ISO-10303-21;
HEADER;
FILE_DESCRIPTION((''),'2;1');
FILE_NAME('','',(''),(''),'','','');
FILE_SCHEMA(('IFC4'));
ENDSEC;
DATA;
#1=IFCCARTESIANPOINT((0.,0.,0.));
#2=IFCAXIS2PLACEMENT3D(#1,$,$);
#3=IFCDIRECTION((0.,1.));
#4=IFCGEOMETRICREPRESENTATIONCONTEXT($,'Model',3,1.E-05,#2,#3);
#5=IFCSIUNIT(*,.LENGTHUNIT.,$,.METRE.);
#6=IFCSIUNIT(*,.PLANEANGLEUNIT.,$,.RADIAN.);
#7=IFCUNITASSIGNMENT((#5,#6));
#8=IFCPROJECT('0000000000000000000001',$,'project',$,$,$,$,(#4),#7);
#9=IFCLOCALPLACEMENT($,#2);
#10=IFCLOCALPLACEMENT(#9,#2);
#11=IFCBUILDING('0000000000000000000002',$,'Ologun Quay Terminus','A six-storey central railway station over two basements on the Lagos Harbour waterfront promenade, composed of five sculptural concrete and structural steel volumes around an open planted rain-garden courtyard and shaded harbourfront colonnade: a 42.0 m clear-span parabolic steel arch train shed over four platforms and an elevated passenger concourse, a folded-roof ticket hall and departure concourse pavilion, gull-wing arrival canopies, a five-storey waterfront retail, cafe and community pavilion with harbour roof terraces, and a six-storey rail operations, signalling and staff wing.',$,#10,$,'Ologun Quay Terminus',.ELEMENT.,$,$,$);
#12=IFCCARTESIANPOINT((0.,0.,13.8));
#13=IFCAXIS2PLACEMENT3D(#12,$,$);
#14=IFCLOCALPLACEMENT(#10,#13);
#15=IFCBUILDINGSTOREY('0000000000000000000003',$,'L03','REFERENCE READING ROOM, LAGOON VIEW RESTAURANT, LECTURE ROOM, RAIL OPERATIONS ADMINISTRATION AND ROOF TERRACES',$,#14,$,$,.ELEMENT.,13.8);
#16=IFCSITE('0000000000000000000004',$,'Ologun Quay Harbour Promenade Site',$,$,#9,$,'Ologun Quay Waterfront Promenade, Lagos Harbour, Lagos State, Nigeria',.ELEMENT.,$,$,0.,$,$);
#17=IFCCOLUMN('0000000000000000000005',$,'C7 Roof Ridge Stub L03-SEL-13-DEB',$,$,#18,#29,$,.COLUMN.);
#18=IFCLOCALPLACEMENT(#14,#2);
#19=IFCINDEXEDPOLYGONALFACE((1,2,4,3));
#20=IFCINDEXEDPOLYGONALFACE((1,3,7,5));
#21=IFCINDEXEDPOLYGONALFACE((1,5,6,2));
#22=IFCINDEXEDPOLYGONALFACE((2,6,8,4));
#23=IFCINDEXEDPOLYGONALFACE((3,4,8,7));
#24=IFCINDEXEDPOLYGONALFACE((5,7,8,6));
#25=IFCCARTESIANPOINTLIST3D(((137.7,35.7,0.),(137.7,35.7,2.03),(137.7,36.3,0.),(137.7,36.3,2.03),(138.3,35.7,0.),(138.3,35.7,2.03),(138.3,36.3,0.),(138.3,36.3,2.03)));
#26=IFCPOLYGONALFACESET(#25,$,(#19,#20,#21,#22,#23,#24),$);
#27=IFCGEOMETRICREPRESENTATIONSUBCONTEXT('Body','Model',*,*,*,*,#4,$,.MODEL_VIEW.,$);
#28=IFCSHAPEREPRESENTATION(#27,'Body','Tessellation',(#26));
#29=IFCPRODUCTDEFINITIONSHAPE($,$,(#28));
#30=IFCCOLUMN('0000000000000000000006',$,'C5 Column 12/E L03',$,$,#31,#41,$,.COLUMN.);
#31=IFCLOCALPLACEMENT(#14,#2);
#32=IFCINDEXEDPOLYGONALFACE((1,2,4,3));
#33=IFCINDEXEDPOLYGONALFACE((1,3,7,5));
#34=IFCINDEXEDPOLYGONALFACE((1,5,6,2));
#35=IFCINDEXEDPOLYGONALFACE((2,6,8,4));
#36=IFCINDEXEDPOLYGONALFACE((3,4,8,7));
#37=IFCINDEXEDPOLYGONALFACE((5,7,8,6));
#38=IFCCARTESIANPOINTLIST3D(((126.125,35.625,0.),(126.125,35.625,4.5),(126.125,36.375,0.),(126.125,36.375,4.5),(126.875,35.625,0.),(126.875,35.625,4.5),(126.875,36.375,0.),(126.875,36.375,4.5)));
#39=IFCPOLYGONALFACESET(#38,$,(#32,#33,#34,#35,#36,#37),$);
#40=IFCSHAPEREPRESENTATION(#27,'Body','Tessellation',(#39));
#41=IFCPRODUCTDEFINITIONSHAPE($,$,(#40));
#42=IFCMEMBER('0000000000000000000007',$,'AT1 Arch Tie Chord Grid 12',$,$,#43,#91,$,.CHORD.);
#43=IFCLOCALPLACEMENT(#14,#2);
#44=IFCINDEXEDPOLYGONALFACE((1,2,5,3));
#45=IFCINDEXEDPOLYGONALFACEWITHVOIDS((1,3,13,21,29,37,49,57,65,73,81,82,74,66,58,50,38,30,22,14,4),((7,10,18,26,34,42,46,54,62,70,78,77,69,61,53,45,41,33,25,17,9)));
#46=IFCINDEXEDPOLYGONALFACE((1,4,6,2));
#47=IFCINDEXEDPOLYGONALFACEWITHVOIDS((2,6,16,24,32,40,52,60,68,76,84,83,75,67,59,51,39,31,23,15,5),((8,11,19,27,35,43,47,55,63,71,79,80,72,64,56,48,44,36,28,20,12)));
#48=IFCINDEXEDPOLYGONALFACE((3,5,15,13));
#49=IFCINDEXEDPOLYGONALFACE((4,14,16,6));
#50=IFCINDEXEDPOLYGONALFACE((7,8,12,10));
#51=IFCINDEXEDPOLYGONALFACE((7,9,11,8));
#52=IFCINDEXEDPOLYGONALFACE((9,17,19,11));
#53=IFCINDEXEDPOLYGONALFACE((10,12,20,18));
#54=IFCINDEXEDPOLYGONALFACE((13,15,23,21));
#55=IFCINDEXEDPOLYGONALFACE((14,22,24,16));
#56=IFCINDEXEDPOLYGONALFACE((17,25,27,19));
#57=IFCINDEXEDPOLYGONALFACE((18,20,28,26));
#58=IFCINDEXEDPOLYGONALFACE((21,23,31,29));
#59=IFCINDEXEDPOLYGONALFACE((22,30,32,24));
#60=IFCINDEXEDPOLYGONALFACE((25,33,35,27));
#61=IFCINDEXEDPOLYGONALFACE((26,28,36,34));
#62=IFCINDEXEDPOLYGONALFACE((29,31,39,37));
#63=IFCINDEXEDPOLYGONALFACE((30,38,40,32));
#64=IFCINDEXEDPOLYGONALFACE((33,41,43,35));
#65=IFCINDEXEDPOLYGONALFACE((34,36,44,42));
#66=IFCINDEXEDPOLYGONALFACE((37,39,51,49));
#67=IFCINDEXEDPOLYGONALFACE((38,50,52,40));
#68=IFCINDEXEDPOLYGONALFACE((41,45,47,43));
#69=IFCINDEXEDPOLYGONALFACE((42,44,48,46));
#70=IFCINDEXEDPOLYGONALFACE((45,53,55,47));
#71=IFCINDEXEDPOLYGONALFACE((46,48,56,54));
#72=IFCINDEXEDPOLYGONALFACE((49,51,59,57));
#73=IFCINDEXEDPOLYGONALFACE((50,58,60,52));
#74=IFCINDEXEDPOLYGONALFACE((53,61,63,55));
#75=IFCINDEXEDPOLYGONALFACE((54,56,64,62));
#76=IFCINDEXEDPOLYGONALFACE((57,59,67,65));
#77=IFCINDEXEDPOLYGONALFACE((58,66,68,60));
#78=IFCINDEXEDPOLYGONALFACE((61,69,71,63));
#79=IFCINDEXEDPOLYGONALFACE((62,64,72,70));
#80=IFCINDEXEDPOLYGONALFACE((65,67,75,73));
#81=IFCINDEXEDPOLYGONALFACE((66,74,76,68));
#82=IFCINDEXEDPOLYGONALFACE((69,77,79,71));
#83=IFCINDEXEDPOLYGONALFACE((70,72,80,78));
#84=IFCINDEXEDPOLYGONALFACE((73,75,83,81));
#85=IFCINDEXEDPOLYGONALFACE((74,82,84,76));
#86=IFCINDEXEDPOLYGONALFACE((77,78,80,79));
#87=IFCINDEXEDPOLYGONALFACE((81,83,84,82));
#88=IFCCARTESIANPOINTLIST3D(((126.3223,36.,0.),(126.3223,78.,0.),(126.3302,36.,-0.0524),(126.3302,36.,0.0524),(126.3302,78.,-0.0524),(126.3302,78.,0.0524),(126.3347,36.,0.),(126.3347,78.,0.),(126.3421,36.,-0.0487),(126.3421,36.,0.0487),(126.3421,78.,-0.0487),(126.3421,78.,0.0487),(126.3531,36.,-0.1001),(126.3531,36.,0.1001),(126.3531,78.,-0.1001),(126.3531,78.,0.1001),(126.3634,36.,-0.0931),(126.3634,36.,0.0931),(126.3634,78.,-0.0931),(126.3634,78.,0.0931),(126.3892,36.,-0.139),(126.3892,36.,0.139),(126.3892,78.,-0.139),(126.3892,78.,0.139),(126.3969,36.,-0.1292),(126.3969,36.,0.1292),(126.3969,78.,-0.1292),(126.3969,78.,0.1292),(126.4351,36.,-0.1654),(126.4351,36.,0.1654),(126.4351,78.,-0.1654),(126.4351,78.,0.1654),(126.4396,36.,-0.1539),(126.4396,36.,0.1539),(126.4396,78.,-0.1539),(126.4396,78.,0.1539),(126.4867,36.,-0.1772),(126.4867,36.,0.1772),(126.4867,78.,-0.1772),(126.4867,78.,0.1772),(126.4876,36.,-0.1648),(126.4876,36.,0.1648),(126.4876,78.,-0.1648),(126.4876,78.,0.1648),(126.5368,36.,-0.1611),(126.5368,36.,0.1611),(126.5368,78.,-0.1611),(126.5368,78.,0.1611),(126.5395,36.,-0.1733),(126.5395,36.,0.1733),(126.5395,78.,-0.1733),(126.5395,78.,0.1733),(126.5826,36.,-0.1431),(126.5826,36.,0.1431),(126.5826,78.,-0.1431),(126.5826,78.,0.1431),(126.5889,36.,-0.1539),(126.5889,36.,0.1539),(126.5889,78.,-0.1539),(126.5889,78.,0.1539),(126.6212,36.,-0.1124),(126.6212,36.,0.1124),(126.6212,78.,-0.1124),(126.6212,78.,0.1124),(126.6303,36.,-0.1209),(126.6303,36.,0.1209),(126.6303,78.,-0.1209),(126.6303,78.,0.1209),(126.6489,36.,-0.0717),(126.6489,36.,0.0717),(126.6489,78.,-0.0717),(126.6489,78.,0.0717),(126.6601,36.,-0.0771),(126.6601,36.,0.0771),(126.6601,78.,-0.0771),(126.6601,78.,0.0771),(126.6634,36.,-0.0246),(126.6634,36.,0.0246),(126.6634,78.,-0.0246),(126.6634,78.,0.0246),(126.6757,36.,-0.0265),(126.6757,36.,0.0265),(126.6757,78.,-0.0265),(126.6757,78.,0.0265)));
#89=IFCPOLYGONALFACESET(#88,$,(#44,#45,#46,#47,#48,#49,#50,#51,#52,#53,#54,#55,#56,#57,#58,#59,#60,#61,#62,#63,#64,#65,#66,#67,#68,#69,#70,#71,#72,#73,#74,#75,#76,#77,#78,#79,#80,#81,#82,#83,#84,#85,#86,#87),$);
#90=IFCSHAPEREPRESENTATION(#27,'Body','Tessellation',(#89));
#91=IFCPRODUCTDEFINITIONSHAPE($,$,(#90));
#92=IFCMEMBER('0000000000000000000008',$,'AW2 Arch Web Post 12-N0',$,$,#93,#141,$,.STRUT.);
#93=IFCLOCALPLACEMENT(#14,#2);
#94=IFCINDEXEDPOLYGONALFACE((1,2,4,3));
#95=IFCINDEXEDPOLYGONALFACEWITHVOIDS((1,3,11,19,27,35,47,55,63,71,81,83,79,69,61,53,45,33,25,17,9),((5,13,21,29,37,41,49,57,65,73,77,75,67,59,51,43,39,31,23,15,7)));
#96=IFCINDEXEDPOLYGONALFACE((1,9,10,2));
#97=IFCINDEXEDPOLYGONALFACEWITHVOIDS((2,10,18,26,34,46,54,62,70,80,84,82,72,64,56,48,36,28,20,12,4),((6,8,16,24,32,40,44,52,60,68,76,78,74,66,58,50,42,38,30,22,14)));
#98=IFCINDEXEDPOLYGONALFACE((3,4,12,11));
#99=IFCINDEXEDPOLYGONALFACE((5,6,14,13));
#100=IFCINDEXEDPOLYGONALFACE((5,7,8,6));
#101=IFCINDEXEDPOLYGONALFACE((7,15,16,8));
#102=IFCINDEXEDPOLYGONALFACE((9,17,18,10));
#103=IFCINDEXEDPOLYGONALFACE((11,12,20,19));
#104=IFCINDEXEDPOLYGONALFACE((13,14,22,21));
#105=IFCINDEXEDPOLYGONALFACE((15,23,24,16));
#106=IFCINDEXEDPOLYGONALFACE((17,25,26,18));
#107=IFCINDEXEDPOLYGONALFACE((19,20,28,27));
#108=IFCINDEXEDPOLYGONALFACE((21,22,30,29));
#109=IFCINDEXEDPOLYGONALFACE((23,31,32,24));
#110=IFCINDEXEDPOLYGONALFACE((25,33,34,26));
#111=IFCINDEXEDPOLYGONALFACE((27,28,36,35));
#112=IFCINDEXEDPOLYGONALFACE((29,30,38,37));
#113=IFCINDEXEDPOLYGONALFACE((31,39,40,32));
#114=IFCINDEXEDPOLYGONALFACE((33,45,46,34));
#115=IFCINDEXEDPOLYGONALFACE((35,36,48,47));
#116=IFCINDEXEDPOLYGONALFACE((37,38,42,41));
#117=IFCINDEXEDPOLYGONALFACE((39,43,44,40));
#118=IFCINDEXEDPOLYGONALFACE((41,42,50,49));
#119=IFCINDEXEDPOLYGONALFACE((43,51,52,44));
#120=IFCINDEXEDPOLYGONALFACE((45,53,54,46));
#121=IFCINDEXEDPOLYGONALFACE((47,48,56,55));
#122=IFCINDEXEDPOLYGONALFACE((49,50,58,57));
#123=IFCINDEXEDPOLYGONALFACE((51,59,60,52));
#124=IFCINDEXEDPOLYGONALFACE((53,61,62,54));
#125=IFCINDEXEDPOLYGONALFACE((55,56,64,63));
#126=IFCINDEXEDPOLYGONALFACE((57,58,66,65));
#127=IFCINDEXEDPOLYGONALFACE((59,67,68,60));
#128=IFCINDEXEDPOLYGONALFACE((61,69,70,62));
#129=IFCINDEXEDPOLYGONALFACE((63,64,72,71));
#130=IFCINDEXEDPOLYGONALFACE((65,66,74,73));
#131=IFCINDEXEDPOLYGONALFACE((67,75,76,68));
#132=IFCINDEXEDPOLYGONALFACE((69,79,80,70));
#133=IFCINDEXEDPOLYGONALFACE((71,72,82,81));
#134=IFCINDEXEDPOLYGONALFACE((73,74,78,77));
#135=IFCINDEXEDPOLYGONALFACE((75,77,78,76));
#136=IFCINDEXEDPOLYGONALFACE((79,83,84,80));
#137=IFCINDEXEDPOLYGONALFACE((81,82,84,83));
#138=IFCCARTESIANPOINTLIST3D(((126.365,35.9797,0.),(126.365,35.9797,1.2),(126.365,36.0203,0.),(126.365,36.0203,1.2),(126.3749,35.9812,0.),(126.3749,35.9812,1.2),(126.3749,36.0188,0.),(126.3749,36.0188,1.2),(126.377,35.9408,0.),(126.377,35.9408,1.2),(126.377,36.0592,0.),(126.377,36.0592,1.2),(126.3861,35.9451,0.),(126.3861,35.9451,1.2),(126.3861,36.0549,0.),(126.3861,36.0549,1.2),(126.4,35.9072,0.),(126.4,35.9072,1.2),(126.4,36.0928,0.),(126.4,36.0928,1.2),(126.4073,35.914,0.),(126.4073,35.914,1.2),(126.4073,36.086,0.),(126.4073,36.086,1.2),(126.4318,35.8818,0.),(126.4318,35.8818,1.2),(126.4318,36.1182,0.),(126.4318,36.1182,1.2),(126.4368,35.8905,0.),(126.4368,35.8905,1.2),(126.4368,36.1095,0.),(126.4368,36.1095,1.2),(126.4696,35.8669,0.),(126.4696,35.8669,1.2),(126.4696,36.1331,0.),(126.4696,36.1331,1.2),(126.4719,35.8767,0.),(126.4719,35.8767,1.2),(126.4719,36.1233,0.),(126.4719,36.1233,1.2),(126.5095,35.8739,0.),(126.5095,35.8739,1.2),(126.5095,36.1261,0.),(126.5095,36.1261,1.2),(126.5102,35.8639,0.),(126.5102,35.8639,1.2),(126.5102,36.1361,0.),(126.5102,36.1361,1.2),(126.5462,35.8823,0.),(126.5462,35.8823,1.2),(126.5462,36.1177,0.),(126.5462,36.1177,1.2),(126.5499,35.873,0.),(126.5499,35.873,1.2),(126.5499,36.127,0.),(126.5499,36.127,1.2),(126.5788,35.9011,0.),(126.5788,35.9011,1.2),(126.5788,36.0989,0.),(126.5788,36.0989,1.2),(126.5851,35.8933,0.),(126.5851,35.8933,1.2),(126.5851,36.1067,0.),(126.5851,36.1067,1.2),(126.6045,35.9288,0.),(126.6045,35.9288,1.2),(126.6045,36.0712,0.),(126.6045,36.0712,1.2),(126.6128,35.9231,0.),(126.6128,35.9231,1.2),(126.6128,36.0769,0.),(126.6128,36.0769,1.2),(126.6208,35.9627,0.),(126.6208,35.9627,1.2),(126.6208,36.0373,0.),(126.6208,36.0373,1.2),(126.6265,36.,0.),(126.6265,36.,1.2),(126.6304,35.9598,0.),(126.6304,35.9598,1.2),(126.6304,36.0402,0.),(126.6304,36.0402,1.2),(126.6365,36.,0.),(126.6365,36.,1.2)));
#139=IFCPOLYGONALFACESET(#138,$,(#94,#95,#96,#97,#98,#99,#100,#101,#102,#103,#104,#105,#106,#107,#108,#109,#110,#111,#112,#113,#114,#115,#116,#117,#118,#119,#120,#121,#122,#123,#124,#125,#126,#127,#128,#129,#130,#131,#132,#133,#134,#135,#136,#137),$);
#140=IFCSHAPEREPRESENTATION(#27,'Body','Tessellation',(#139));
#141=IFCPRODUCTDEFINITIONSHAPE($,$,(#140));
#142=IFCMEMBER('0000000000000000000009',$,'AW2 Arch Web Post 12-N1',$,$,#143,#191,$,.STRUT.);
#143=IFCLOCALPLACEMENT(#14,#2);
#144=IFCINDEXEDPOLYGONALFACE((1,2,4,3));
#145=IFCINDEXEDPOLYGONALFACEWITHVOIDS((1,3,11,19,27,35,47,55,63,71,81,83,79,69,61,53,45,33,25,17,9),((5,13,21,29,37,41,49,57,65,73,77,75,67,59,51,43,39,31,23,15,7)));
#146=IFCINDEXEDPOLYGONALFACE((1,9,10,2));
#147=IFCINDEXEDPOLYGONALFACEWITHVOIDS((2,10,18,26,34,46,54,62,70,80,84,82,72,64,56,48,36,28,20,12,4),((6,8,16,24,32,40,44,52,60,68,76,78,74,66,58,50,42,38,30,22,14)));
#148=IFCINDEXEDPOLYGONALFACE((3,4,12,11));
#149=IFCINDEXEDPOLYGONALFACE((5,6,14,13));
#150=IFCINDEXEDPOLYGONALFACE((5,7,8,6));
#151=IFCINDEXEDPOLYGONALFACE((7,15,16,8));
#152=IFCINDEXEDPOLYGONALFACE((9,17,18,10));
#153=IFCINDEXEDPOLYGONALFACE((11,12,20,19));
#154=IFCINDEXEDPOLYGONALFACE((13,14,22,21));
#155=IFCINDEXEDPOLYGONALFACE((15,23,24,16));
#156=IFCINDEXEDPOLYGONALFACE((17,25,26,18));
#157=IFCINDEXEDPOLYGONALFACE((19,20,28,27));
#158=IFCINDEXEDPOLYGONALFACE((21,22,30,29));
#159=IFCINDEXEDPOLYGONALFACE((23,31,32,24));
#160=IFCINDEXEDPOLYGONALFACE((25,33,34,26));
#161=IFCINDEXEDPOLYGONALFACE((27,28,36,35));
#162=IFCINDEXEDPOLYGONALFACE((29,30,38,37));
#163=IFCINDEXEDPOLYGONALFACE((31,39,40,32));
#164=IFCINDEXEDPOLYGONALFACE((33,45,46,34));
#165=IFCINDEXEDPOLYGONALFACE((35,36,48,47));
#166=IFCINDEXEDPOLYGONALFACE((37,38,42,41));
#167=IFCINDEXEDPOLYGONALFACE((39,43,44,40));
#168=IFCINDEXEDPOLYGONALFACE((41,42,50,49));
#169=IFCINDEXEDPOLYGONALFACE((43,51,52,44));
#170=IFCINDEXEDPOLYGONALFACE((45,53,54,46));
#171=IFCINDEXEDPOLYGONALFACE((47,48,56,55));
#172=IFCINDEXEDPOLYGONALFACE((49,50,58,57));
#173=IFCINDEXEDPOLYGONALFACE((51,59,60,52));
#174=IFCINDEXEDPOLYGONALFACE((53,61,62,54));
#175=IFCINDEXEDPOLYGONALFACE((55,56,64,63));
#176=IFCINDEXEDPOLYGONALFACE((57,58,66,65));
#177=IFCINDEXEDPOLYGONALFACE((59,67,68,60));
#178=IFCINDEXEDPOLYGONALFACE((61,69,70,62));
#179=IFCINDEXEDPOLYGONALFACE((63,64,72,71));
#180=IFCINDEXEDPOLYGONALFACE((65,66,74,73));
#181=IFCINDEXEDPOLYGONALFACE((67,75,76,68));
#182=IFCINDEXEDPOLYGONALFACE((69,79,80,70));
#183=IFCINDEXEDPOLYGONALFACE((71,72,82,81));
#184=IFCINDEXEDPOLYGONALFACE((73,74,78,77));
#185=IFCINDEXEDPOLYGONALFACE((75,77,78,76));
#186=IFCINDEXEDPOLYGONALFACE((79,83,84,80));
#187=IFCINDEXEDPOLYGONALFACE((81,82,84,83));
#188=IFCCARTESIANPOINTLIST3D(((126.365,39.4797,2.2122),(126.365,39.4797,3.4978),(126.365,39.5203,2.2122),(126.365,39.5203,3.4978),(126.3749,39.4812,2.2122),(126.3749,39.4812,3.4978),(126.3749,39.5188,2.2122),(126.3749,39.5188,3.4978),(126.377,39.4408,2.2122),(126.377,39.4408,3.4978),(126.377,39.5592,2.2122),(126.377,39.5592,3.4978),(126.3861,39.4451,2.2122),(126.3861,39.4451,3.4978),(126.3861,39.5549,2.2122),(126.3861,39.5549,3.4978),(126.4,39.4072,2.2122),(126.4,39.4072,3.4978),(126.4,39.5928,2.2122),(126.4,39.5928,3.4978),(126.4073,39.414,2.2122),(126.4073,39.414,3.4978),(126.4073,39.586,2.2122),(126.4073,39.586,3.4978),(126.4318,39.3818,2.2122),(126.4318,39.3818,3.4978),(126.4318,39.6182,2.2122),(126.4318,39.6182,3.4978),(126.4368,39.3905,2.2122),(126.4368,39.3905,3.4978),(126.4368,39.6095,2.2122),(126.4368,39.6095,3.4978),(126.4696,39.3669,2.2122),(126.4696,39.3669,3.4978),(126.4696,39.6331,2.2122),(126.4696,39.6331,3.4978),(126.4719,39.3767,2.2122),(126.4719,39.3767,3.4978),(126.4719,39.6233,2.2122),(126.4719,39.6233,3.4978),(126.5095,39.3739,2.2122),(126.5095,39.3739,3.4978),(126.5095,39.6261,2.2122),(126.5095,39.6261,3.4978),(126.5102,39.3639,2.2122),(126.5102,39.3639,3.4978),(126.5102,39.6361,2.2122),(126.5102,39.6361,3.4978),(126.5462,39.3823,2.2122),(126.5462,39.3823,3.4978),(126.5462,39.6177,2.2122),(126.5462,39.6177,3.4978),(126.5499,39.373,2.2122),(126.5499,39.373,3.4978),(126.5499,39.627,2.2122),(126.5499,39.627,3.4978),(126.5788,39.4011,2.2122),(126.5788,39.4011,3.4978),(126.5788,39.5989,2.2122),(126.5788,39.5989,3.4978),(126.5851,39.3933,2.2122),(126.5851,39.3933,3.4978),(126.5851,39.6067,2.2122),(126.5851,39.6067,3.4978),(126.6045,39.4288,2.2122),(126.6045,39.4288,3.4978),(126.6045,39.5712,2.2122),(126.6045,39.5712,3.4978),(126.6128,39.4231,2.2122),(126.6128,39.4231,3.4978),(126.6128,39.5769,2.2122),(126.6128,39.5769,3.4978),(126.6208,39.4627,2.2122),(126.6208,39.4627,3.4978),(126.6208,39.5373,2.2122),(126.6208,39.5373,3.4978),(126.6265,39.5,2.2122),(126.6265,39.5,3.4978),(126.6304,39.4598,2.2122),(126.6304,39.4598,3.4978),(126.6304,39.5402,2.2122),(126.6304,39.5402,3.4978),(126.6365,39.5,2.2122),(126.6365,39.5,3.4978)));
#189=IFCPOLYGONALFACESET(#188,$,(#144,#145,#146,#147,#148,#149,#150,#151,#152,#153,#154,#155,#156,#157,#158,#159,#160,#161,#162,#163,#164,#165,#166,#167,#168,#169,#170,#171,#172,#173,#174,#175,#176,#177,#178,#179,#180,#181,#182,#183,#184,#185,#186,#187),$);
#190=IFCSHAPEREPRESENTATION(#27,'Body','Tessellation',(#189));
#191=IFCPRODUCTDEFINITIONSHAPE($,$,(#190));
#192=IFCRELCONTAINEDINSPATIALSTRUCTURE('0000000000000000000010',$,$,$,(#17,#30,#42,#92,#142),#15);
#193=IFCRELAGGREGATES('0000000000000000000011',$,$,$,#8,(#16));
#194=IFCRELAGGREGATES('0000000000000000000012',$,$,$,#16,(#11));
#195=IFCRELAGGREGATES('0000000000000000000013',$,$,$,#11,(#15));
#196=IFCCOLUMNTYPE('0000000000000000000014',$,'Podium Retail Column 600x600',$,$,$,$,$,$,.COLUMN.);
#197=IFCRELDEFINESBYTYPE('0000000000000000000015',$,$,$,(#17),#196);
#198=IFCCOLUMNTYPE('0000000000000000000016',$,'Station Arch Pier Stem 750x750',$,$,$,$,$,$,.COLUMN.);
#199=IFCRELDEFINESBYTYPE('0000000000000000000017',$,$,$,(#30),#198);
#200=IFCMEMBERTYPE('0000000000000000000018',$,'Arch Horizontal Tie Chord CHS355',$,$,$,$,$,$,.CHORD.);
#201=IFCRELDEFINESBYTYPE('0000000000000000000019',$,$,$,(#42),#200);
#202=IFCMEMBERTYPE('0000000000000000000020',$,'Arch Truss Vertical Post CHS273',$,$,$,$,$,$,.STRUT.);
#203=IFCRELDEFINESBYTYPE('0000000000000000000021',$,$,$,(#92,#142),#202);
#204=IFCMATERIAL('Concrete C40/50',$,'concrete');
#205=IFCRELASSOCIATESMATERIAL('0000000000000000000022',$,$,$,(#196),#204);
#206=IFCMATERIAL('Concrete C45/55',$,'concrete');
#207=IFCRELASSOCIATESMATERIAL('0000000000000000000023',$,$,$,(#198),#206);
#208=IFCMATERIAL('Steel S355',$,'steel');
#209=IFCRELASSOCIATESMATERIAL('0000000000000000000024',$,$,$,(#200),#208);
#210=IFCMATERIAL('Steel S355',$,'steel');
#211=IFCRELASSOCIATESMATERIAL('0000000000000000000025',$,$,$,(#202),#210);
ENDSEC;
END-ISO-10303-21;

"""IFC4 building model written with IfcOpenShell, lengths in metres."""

from ifc_helpers import new_model, si_unit, direction, frame, origin, origin_2d, place, context, subcontext, project, spatial, rectangle, hollow_circle, extrude, material, material_profile, profile_set, type_object, element, save


model = new_model("IFC4")

# Units and contexts
model_context = context("Model", 3, precision=1e-05, world=origin(), true_north=direction((0.0, 1.0)))
body_context = subcontext(model_context, "Body", "Model", "MODEL_VIEW")
ifc_project = project(units=[si_unit("LENGTHUNIT", "METRE"), si_unit("PLANEANGLEUNIT", "RADIAN")], contexts=[model_context])

# Site, building, storey
site_placement = place(None, origin())
site = spatial("IfcSite", under=ifc_project, at=site_placement, Name="Ologun Quay Harbour Promenade Site", LongName="Ologun Quay Waterfront Promenade, Lagos Harbour, Lagos State, Nigeria", CompositionType="ELEMENT", RefElevation=0.0)
building_placement = place(site_placement, origin())
building = spatial("IfcBuilding", under=site, at=building_placement, Name="Ologun Quay Terminus", Description="A six-storey central railway station over two basements on the Lagos Harbour waterfront promenade, composed of five sculptural concrete and structural steel volumes around an open planted rain-garden courtyard and shaded harbourfront colonnade: a 42.0 m clear-span parabolic steel arch train shed over four platforms and an elevated passenger concourse, a folded-roof ticket hall and departure concourse pavilion, gull-wing arrival canopies, a five-storey waterfront retail, cafe and community pavilion with harbour roof terraces, and a six-storey rail operations, signalling and staff wing.", LongName="Ologun Quay Terminus", CompositionType="ELEMENT")
storey_placement = place(building_placement, frame((0.0, 0.0, 13.8)))
storey = spatial("IfcBuildingStorey", under=building, at=storey_placement, Name="L03", Description="REFERENCE READING ROOM, LAGOON VIEW RESTAURANT, LECTURE ROOM, RAIL OPERATIONS ADMINISTRATION AND ROOF TERRACES", CompositionType="ELEMENT", Elevation=13.8)

# Columns
ifc_material_1 = material(Name="Concrete C40/50", Category="concrete")
ifc_material_profile_1 = material_profile(ifc_material_1, rectangle(XDim=0.6001, YDim=0.6001, at=origin_2d()), Name="RC 600x600")
ifc_profile_set_1 = profile_set([ifc_material_profile_1], Name="Concrete C40/50")
column_type_1 = type_object("IfcColumnType", Name="Podium Retail Column 600x600", PredefinedType="COLUMN", material=ifc_profile_set_1)
column_1_placement = place(storey_placement, frame((138.0, 36.0, 0.0), z_axis=(0.0, 0.0, 1.0), x_axis=(1.0, 0.0, 0.0)))
element("IfcColumn", 1, at=column_1_placement, inside=storey, type_object=column_type_1, Name="C7 Roof Ridge Stub L03-SEL-13-DEB", PredefinedType="COLUMN", context=body_context, shape_type="SweptSolid", body=[
    extrude(rectangle(XDim=0.6001, YDim=0.6001, at=origin_2d()), origin(), (0.0, 0.0, 1.0), 2.03),
])
ifc_material_2 = material(Name="Concrete C45/55", Category="concrete")
ifc_material_profile_2 = material_profile(ifc_material_2, rectangle(XDim=0.75, YDim=0.75, at=origin_2d()), Name="RC 750x750")
ifc_profile_set_2 = profile_set([ifc_material_profile_2], Name="Concrete C45/55")
column_type_2 = type_object("IfcColumnType", Name="Station Arch Pier Stem 750x750", PredefinedType="COLUMN", material=ifc_profile_set_2)
column_2_placement = place(storey_placement, frame((126.5, 36.0, 0.0), z_axis=(0.0, 0.0, 1.0), x_axis=(1.0, 0.0, 0.0)))
element("IfcColumn", 2, at=column_2_placement, inside=storey, type_object=column_type_2, Name="C5 Column 12/E L03", PredefinedType="COLUMN", context=body_context, shape_type="SweptSolid", body=[
    extrude(rectangle(XDim=0.75, YDim=0.75, at=origin_2d()), origin(), (0.0, 0.0, 1.0), 4.5),
])

# Members
ifc_material_3 = material(Name="Steel S355", Category="steel")
ifc_material_profile_3 = material_profile(ifc_material_3, hollow_circle(Radius=0.1777, WallThickness=0.0125, at=origin_2d()), Name="CHS 355.6x12.5")
ifc_profile_set_3 = profile_set([ifc_material_profile_3], Name="Steel S355")
member_type_1 = type_object("IfcMemberType", Name="Arch Horizontal Tie Chord CHS355", PredefinedType="CHORD", material=ifc_profile_set_3)
member_1_placement = place(storey_placement, frame((126.5, 36.0, 0.0), z_axis=(0.0, 1.0, 0.0), x_axis=(-1.0, 0.0, 0.0)))
element("IfcMember", 3, at=member_1_placement, inside=storey, type_object=member_type_1, Name="AT1 Arch Tie Chord Grid 12", PredefinedType="CHORD", context=body_context, shape_type="SweptSolid", body=[
    extrude(hollow_circle(Radius=0.1777, WallThickness=0.0125, at=origin_2d()), origin(), (0.0, 0.0, 1.0), 42.0),
])
ifc_material_4 = material(Name="Steel S355", Category="steel")
ifc_material_profile_4 = material_profile(ifc_material_4, hollow_circle(Radius=0.1365, WallThickness=0.01, at=origin_2d()), Name="CHS 273x10")
ifc_profile_set_4 = profile_set([ifc_material_profile_4], Name="Steel S355")
member_type_2 = type_object("IfcMemberType", Name="Arch Truss Vertical Post CHS273", PredefinedType="STRUT", material=ifc_profile_set_4)
member_2_placement = place(storey_placement, frame((126.5, 36.0, 0.0), z_axis=(0.0, 0.0, 1.0), x_axis=(1.0, 0.0, 0.0)))
element("IfcMember", 4, at=member_2_placement, inside=storey, type_object=member_type_2, Name="AW2 Arch Web Post 12-N0", PredefinedType="STRUT", context=body_context, shape_type="SweptSolid", body=[
    extrude(hollow_circle(Radius=0.1365, WallThickness=0.01, at=origin_2d()), origin(), (0.0, 0.0, 1.0), 1.2),
])
member_3_placement = place(storey_placement, frame((126.5, 39.5, 2.2122), z_axis=(0.0, 0.0, 1.0), x_axis=(1.0, 0.0, 0.0)))
element("IfcMember", 5, at=member_3_placement, inside=storey, type_object=member_type_2, Name="AW2 Arch Web Post 12-N1", PredefinedType="STRUT", context=body_context, shape_type="SweptSolid", body=[
    extrude(hollow_circle(Radius=0.1365, WallThickness=0.01, at=origin_2d()), origin(), (0.0, 0.0, 1.0), 1.2856),
])

save(model, "model.ifc")
